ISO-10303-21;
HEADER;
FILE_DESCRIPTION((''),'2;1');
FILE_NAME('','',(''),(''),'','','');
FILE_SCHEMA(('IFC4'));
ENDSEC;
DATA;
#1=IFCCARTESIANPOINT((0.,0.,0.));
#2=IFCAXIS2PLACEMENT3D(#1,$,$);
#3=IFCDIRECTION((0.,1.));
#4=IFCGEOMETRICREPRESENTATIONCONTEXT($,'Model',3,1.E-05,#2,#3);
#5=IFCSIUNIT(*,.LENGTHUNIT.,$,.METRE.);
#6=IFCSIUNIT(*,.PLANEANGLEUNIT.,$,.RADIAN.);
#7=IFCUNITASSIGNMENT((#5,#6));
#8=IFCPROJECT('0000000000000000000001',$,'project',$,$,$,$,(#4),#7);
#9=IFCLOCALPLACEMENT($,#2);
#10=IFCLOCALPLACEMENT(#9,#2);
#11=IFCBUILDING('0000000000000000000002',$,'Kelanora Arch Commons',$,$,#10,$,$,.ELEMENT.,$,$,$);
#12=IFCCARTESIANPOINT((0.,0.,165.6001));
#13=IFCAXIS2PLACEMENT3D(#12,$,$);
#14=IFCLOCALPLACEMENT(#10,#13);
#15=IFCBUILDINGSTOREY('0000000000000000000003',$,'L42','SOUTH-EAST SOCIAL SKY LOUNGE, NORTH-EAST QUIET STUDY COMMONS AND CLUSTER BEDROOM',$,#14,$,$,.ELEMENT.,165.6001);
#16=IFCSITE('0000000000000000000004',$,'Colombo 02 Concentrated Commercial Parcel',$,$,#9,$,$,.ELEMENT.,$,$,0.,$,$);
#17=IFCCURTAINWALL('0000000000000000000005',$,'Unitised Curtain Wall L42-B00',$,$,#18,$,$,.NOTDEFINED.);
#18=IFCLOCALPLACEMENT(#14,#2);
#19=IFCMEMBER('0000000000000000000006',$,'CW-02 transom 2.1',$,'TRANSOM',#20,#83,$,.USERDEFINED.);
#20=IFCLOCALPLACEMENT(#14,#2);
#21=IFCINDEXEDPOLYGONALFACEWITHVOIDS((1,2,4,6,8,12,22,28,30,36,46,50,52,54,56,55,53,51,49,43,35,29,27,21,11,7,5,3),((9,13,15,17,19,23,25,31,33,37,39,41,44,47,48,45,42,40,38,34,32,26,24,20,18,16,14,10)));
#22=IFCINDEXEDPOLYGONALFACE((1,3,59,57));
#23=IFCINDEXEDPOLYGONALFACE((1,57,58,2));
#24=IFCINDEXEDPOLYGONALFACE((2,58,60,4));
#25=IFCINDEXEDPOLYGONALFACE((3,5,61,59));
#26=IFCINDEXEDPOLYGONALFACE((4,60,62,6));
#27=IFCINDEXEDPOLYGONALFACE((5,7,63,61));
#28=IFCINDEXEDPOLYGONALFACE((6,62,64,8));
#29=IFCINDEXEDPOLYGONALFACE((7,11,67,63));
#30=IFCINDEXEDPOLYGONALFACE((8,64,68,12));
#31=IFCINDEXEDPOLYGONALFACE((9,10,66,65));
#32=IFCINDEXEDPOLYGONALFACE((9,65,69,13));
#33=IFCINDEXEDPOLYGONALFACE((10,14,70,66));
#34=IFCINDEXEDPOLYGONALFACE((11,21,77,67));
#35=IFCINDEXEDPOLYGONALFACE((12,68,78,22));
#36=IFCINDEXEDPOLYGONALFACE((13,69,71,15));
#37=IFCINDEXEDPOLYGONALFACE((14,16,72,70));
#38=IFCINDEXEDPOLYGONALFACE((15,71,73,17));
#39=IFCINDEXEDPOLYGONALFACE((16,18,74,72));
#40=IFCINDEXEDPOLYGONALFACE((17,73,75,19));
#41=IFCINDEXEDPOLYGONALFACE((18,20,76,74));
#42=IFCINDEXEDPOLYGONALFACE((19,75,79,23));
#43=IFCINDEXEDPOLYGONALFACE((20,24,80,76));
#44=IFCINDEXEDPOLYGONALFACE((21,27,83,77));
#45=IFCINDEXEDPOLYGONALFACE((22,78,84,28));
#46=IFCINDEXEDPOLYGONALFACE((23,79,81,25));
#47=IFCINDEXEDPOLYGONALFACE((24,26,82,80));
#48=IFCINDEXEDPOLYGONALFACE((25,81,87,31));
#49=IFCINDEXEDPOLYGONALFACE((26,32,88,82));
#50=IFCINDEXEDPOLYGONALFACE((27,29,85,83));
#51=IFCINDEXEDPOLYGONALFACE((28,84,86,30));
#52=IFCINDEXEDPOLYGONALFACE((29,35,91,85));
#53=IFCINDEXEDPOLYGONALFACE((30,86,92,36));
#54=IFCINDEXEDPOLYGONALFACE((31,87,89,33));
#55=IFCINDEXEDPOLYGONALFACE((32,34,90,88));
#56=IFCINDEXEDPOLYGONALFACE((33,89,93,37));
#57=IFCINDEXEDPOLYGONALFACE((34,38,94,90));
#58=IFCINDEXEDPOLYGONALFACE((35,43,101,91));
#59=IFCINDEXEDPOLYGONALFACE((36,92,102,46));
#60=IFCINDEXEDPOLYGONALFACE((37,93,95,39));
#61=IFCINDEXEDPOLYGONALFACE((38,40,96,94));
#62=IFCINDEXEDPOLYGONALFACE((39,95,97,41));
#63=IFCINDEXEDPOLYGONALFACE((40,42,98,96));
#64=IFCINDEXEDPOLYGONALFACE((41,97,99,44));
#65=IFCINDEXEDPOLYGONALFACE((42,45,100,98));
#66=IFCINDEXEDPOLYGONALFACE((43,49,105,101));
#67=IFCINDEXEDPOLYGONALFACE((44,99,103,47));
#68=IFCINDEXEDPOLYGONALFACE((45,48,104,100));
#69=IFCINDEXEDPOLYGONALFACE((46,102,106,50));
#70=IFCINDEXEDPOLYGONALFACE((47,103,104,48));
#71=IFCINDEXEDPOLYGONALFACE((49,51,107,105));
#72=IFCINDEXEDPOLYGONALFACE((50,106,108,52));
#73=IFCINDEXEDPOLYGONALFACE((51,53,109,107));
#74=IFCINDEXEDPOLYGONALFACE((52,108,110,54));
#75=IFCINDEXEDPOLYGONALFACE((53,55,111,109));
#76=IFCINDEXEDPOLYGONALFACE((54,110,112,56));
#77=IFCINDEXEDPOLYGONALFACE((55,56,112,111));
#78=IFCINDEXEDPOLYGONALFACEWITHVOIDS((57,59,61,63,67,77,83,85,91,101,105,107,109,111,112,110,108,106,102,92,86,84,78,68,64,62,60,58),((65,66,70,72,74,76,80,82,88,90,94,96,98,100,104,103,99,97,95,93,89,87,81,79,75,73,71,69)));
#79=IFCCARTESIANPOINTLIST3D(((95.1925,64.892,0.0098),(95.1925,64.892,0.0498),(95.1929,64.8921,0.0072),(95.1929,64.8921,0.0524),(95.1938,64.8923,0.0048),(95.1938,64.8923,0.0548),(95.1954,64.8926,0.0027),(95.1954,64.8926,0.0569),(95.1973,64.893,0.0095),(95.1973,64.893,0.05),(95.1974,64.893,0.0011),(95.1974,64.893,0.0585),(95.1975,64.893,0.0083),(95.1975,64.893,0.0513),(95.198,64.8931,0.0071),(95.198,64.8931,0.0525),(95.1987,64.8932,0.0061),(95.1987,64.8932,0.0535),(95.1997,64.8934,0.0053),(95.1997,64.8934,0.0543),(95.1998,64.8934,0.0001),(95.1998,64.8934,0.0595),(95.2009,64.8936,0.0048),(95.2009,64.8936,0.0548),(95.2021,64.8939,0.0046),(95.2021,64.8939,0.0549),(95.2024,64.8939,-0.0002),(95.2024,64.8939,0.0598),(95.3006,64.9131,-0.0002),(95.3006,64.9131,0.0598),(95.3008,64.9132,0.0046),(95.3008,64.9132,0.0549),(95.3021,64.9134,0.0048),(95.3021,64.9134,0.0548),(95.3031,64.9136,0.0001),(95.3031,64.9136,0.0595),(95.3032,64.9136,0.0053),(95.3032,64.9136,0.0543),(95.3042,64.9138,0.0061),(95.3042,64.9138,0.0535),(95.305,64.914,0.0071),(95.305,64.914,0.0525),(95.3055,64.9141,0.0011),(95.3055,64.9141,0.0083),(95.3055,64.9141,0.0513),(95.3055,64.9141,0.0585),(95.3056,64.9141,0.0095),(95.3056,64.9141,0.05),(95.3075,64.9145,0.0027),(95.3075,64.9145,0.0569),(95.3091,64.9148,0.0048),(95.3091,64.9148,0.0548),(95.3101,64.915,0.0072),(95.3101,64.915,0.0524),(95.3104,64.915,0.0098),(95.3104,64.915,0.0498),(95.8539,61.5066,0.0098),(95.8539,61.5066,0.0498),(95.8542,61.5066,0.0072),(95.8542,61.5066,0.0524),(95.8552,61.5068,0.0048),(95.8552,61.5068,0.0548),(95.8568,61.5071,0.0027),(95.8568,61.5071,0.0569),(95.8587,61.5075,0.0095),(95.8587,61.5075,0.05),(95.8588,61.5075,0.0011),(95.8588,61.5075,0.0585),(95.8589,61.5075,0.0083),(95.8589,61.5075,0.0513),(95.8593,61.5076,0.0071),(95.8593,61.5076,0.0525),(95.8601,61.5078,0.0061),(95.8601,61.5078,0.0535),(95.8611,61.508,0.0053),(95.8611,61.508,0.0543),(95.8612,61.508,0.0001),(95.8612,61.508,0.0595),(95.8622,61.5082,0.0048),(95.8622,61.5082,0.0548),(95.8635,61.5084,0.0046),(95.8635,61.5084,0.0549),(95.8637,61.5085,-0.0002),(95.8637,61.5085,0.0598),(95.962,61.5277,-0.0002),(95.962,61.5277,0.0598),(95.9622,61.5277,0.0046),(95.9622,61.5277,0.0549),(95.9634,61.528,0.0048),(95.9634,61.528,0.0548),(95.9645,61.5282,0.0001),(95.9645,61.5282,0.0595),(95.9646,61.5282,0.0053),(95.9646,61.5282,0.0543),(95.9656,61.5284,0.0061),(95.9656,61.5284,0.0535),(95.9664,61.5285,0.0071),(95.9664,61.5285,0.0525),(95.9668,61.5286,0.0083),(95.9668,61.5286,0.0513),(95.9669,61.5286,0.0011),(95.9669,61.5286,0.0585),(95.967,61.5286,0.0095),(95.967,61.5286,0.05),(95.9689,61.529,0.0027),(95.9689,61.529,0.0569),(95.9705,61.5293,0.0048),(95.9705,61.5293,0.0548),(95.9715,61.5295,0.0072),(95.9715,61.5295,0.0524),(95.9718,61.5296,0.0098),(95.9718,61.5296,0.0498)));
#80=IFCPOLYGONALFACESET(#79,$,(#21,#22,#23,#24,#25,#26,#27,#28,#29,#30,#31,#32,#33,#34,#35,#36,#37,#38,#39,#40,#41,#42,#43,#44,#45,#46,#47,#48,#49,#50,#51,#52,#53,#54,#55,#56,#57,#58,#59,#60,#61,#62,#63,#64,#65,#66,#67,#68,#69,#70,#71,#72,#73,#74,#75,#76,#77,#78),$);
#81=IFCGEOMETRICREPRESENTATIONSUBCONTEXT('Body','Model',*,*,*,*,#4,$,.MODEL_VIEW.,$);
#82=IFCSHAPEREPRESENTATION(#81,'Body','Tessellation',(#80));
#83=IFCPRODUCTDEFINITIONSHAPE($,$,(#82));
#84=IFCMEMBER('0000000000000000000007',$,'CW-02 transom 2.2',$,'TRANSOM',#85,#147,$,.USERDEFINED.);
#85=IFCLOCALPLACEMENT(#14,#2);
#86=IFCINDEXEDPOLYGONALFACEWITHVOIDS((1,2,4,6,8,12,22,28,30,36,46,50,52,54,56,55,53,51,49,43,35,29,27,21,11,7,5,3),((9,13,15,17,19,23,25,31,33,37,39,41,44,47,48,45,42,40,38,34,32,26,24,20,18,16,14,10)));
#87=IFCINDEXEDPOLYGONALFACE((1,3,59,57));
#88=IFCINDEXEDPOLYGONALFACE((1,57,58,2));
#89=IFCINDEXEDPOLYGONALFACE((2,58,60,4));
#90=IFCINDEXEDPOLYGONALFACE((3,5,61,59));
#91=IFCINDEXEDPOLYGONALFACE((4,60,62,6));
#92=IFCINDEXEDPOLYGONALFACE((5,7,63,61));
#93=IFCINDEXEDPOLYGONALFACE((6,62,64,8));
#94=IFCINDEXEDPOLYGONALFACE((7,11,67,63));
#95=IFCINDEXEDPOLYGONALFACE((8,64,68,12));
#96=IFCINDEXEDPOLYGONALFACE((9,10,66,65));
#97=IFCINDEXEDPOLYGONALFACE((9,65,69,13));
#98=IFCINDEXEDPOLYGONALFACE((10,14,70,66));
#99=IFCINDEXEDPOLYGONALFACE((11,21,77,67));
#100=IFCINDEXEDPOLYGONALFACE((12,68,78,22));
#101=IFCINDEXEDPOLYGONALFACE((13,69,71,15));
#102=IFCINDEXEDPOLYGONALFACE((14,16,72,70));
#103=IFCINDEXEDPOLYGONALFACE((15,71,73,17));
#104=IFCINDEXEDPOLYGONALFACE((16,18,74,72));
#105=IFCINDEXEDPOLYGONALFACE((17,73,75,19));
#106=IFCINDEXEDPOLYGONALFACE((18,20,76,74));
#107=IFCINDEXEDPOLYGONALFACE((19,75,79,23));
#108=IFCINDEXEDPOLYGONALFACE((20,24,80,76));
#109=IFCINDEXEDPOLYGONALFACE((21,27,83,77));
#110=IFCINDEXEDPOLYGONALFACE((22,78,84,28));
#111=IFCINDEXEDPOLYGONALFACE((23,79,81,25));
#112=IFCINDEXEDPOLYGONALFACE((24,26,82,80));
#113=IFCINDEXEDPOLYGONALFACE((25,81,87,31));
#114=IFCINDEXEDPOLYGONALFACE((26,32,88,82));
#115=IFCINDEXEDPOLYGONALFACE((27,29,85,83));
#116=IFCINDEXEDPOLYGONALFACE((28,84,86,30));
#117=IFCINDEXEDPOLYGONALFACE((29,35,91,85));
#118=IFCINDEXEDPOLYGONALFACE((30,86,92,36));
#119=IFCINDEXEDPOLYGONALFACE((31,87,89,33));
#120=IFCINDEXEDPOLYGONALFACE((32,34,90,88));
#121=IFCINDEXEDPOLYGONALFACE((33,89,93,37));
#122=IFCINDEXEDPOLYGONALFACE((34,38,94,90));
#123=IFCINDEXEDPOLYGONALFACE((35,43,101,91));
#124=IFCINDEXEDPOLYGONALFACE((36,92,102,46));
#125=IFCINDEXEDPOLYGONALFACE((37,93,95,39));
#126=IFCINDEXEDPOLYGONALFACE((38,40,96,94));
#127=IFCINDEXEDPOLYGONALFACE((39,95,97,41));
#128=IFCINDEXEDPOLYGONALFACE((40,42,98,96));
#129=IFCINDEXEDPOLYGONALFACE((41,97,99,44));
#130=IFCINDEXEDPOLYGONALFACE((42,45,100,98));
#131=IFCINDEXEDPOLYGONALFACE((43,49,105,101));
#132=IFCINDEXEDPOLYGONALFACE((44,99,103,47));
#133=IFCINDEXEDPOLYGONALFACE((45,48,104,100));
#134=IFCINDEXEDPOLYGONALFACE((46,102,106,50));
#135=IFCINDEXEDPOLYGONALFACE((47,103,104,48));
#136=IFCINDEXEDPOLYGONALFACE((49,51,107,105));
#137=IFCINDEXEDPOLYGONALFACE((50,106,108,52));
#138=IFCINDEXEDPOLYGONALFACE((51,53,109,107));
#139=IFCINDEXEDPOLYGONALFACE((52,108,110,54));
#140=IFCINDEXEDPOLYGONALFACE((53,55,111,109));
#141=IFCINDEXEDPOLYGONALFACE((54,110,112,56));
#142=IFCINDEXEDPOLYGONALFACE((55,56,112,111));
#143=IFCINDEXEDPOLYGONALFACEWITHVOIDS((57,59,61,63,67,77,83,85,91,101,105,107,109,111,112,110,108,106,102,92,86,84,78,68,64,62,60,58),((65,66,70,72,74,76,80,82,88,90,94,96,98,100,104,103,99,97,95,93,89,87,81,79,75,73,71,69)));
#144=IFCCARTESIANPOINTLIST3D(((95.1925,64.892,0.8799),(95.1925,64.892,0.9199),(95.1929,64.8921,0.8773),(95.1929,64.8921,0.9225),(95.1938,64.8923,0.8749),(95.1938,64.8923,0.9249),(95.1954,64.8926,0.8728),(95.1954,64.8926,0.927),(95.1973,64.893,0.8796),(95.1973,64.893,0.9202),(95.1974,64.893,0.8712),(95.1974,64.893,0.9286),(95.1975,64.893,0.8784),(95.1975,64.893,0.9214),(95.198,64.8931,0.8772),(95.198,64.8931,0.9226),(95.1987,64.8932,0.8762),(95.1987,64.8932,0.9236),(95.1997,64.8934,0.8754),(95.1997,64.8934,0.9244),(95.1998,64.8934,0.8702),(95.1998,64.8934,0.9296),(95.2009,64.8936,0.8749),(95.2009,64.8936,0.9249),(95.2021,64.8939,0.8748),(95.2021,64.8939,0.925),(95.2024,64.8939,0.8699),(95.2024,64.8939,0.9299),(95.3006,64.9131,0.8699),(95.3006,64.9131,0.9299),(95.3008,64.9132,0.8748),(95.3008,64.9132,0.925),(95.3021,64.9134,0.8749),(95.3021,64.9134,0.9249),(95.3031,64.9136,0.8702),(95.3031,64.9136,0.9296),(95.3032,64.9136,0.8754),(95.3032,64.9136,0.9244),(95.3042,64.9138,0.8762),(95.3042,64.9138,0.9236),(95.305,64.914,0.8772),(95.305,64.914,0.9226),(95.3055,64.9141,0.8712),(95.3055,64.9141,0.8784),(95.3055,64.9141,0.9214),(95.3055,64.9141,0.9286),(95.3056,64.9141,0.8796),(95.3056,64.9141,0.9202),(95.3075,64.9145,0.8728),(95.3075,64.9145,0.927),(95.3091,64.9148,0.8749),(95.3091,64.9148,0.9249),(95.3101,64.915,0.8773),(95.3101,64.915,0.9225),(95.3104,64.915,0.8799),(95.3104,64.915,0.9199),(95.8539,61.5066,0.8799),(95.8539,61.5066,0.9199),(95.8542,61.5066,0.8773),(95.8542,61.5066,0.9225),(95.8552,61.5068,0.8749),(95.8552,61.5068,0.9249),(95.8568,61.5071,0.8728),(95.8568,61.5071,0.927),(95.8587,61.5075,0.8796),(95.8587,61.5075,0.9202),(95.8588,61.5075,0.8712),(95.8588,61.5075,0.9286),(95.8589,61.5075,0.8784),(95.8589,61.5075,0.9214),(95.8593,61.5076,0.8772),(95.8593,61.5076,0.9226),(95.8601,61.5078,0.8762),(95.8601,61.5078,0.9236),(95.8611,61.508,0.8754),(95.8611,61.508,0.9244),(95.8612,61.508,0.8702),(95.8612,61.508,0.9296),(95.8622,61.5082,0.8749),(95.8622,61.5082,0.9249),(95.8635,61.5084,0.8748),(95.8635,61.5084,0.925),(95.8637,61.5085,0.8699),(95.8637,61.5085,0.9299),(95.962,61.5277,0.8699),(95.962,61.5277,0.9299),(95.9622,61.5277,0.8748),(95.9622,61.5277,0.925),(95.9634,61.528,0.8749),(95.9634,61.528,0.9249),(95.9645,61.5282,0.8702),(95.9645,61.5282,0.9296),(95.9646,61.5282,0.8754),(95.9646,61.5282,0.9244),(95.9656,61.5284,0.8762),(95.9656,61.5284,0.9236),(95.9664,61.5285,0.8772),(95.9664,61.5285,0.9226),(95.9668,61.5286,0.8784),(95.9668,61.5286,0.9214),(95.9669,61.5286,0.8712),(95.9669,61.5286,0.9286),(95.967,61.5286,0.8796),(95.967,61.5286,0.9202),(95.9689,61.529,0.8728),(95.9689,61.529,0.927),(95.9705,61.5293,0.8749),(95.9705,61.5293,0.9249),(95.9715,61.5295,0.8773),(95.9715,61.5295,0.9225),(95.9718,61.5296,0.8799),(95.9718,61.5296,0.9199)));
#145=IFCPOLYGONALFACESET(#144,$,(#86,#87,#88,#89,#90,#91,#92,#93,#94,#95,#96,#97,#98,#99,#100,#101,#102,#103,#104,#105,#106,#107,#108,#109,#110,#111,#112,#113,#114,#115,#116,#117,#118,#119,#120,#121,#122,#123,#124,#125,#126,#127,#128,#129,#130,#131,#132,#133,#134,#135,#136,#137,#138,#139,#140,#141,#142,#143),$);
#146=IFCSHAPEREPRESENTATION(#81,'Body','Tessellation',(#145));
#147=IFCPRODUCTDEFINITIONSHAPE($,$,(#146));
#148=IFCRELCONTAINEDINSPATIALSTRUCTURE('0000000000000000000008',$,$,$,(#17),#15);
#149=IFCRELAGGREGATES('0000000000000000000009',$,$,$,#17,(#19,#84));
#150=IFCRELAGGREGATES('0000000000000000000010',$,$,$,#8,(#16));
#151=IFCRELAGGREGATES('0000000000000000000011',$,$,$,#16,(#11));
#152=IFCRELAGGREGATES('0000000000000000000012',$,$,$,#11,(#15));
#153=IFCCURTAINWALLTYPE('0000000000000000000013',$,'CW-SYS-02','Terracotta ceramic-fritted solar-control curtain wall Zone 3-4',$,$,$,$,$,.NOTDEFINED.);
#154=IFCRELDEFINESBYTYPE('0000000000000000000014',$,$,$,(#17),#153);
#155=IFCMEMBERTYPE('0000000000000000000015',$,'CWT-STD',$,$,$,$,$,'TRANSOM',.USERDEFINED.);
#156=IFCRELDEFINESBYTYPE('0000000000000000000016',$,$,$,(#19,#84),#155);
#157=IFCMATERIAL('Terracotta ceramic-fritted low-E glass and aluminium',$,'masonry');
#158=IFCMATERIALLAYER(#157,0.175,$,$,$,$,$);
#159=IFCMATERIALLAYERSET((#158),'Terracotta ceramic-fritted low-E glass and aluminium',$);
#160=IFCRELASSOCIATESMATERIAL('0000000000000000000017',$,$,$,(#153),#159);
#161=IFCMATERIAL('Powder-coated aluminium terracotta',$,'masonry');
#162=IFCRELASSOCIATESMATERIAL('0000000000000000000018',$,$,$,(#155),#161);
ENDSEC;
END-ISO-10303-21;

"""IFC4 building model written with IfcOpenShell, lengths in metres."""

from ifc_helpers import new_model, si_unit, direction, frame, origin, origin_2d, place, context, subcontext, project, spatial, hollow_rectangle, extrude, material, layer, layer_set, material_profile, profile_set, type_object, element, aggregate, save


model = new_model("IFC4")

# Units and contexts
model_context = context("Model", 3, precision=1e-05, world=origin(), true_north=direction((0.0, 1.0)))
body_context = subcontext(model_context, "Body", "Model", "MODEL_VIEW")
ifc_project = project(units=[si_unit("LENGTHUNIT", "METRE"), si_unit("PLANEANGLEUNIT", "RADIAN")], contexts=[model_context])

# Site, building, storey
site_placement = place(None, origin())
site = spatial("IfcSite", under=ifc_project, at=site_placement, Name="Colombo 02 Concentrated Commercial Parcel", CompositionType="ELEMENT", RefElevation=0.0)
building_placement = place(site_placement, origin())
building = spatial("IfcBuilding", under=site, at=building_placement, Name="Kelanora Arch Commons", CompositionType="ELEMENT")
storey_placement = place(building_placement, frame((0.0, 0.0, 165.6001)))
storey = spatial("IfcBuildingStorey", under=building, at=storey_placement, Name="L42", Description="SOUTH-EAST SOCIAL SKY LOUNGE, NORTH-EAST QUIET STUDY COMMONS AND CLUSTER BEDROOM", CompositionType="ELEMENT", Elevation=165.6001)

# Curtain wall, members
ifc_material_1 = material(Name="Terracotta ceramic-fritted low-E glass and aluminium", Category="masonry")
ifc_layer_1 = layer(ifc_material_1, 0.175)
ifc_layer_set_1 = layer_set([ifc_layer_1], Name="Terracotta ceramic-fritted low-E glass and aluminium")
curtain_wall_type = type_object("IfcCurtainWallType", Name="CW-SYS-02", Description="Terracotta ceramic-fritted solar-control curtain wall Zone 3-4", PredefinedType="NOTDEFINED", material=ifc_layer_set_1)
curtain_wall_placement = place(storey_placement, origin())
curtain_wall = element("IfcCurtainWall", 1, at=curtain_wall_placement, inside=storey, type_object=curtain_wall_type, Name="Unitised Curtain Wall L42-B00", PredefinedType="NOTDEFINED")
ifc_material_2 = material(Name="Powder-coated aluminium terracotta", Category="masonry")
ifc_material_profile_1 = material_profile(ifc_material_2, hollow_rectangle(XDim=0.1201, YDim=0.0601, WallThickness=0.0049, InnerFilletRadius=0.0049, OuterFilletRadius=0.01, at=origin_2d()), Name="CWT120x60")
ifc_profile_set_1 = profile_set([ifc_material_profile_1], Name="Powder-coated aluminium terracotta")
member_type_1 = type_object("IfcMemberType", Name="CWT-STD", ElementType="TRANSOM", PredefinedType="USERDEFINED", material=ifc_profile_set_1)
member_1_placement = place(storey_placement, frame((95.9128, 61.5181, 0.0298), z_axis=(-0.191732, 0.981447, 0.0), x_axis=(-0.981447, -0.191732, 0.0)))
member_1 = element("IfcMember", 2, at=member_1_placement, type_object=member_type_1, Name="CW-02 transom 2.1", ObjectType="TRANSOM", PredefinedType="USERDEFINED", context=body_context, shape_type="SweptSolid", body=[
    extrude(hollow_rectangle(XDim=0.1201, YDim=0.0601, WallThickness=0.0049, InnerFilletRadius=0.0049, OuterFilletRadius=0.01, at=origin_2d()), origin(), (0.0, 0.0, 1.0), 3.4495),
])
member_2_placement = place(storey_placement, frame((95.9128, 61.5181, 0.8999), z_axis=(-0.191732, 0.981447, 0.0), x_axis=(-0.981447, -0.191732, 0.0)))
member_2 = element("IfcMember", 3, at=member_2_placement, type_object=member_type_1, Name="CW-02 transom 2.2", ObjectType="TRANSOM", PredefinedType="USERDEFINED", context=body_context, shape_type="SweptSolid", body=[
    extrude(hollow_rectangle(XDim=0.1201, YDim=0.0601, WallThickness=0.0049, InnerFilletRadius=0.0049, OuterFilletRadius=0.01, at=origin_2d()), origin(), (0.0, 0.0, 1.0), 3.4495),
])
aggregate(curtain_wall, [member_1, member_2])

save(model, "model.ifc")
